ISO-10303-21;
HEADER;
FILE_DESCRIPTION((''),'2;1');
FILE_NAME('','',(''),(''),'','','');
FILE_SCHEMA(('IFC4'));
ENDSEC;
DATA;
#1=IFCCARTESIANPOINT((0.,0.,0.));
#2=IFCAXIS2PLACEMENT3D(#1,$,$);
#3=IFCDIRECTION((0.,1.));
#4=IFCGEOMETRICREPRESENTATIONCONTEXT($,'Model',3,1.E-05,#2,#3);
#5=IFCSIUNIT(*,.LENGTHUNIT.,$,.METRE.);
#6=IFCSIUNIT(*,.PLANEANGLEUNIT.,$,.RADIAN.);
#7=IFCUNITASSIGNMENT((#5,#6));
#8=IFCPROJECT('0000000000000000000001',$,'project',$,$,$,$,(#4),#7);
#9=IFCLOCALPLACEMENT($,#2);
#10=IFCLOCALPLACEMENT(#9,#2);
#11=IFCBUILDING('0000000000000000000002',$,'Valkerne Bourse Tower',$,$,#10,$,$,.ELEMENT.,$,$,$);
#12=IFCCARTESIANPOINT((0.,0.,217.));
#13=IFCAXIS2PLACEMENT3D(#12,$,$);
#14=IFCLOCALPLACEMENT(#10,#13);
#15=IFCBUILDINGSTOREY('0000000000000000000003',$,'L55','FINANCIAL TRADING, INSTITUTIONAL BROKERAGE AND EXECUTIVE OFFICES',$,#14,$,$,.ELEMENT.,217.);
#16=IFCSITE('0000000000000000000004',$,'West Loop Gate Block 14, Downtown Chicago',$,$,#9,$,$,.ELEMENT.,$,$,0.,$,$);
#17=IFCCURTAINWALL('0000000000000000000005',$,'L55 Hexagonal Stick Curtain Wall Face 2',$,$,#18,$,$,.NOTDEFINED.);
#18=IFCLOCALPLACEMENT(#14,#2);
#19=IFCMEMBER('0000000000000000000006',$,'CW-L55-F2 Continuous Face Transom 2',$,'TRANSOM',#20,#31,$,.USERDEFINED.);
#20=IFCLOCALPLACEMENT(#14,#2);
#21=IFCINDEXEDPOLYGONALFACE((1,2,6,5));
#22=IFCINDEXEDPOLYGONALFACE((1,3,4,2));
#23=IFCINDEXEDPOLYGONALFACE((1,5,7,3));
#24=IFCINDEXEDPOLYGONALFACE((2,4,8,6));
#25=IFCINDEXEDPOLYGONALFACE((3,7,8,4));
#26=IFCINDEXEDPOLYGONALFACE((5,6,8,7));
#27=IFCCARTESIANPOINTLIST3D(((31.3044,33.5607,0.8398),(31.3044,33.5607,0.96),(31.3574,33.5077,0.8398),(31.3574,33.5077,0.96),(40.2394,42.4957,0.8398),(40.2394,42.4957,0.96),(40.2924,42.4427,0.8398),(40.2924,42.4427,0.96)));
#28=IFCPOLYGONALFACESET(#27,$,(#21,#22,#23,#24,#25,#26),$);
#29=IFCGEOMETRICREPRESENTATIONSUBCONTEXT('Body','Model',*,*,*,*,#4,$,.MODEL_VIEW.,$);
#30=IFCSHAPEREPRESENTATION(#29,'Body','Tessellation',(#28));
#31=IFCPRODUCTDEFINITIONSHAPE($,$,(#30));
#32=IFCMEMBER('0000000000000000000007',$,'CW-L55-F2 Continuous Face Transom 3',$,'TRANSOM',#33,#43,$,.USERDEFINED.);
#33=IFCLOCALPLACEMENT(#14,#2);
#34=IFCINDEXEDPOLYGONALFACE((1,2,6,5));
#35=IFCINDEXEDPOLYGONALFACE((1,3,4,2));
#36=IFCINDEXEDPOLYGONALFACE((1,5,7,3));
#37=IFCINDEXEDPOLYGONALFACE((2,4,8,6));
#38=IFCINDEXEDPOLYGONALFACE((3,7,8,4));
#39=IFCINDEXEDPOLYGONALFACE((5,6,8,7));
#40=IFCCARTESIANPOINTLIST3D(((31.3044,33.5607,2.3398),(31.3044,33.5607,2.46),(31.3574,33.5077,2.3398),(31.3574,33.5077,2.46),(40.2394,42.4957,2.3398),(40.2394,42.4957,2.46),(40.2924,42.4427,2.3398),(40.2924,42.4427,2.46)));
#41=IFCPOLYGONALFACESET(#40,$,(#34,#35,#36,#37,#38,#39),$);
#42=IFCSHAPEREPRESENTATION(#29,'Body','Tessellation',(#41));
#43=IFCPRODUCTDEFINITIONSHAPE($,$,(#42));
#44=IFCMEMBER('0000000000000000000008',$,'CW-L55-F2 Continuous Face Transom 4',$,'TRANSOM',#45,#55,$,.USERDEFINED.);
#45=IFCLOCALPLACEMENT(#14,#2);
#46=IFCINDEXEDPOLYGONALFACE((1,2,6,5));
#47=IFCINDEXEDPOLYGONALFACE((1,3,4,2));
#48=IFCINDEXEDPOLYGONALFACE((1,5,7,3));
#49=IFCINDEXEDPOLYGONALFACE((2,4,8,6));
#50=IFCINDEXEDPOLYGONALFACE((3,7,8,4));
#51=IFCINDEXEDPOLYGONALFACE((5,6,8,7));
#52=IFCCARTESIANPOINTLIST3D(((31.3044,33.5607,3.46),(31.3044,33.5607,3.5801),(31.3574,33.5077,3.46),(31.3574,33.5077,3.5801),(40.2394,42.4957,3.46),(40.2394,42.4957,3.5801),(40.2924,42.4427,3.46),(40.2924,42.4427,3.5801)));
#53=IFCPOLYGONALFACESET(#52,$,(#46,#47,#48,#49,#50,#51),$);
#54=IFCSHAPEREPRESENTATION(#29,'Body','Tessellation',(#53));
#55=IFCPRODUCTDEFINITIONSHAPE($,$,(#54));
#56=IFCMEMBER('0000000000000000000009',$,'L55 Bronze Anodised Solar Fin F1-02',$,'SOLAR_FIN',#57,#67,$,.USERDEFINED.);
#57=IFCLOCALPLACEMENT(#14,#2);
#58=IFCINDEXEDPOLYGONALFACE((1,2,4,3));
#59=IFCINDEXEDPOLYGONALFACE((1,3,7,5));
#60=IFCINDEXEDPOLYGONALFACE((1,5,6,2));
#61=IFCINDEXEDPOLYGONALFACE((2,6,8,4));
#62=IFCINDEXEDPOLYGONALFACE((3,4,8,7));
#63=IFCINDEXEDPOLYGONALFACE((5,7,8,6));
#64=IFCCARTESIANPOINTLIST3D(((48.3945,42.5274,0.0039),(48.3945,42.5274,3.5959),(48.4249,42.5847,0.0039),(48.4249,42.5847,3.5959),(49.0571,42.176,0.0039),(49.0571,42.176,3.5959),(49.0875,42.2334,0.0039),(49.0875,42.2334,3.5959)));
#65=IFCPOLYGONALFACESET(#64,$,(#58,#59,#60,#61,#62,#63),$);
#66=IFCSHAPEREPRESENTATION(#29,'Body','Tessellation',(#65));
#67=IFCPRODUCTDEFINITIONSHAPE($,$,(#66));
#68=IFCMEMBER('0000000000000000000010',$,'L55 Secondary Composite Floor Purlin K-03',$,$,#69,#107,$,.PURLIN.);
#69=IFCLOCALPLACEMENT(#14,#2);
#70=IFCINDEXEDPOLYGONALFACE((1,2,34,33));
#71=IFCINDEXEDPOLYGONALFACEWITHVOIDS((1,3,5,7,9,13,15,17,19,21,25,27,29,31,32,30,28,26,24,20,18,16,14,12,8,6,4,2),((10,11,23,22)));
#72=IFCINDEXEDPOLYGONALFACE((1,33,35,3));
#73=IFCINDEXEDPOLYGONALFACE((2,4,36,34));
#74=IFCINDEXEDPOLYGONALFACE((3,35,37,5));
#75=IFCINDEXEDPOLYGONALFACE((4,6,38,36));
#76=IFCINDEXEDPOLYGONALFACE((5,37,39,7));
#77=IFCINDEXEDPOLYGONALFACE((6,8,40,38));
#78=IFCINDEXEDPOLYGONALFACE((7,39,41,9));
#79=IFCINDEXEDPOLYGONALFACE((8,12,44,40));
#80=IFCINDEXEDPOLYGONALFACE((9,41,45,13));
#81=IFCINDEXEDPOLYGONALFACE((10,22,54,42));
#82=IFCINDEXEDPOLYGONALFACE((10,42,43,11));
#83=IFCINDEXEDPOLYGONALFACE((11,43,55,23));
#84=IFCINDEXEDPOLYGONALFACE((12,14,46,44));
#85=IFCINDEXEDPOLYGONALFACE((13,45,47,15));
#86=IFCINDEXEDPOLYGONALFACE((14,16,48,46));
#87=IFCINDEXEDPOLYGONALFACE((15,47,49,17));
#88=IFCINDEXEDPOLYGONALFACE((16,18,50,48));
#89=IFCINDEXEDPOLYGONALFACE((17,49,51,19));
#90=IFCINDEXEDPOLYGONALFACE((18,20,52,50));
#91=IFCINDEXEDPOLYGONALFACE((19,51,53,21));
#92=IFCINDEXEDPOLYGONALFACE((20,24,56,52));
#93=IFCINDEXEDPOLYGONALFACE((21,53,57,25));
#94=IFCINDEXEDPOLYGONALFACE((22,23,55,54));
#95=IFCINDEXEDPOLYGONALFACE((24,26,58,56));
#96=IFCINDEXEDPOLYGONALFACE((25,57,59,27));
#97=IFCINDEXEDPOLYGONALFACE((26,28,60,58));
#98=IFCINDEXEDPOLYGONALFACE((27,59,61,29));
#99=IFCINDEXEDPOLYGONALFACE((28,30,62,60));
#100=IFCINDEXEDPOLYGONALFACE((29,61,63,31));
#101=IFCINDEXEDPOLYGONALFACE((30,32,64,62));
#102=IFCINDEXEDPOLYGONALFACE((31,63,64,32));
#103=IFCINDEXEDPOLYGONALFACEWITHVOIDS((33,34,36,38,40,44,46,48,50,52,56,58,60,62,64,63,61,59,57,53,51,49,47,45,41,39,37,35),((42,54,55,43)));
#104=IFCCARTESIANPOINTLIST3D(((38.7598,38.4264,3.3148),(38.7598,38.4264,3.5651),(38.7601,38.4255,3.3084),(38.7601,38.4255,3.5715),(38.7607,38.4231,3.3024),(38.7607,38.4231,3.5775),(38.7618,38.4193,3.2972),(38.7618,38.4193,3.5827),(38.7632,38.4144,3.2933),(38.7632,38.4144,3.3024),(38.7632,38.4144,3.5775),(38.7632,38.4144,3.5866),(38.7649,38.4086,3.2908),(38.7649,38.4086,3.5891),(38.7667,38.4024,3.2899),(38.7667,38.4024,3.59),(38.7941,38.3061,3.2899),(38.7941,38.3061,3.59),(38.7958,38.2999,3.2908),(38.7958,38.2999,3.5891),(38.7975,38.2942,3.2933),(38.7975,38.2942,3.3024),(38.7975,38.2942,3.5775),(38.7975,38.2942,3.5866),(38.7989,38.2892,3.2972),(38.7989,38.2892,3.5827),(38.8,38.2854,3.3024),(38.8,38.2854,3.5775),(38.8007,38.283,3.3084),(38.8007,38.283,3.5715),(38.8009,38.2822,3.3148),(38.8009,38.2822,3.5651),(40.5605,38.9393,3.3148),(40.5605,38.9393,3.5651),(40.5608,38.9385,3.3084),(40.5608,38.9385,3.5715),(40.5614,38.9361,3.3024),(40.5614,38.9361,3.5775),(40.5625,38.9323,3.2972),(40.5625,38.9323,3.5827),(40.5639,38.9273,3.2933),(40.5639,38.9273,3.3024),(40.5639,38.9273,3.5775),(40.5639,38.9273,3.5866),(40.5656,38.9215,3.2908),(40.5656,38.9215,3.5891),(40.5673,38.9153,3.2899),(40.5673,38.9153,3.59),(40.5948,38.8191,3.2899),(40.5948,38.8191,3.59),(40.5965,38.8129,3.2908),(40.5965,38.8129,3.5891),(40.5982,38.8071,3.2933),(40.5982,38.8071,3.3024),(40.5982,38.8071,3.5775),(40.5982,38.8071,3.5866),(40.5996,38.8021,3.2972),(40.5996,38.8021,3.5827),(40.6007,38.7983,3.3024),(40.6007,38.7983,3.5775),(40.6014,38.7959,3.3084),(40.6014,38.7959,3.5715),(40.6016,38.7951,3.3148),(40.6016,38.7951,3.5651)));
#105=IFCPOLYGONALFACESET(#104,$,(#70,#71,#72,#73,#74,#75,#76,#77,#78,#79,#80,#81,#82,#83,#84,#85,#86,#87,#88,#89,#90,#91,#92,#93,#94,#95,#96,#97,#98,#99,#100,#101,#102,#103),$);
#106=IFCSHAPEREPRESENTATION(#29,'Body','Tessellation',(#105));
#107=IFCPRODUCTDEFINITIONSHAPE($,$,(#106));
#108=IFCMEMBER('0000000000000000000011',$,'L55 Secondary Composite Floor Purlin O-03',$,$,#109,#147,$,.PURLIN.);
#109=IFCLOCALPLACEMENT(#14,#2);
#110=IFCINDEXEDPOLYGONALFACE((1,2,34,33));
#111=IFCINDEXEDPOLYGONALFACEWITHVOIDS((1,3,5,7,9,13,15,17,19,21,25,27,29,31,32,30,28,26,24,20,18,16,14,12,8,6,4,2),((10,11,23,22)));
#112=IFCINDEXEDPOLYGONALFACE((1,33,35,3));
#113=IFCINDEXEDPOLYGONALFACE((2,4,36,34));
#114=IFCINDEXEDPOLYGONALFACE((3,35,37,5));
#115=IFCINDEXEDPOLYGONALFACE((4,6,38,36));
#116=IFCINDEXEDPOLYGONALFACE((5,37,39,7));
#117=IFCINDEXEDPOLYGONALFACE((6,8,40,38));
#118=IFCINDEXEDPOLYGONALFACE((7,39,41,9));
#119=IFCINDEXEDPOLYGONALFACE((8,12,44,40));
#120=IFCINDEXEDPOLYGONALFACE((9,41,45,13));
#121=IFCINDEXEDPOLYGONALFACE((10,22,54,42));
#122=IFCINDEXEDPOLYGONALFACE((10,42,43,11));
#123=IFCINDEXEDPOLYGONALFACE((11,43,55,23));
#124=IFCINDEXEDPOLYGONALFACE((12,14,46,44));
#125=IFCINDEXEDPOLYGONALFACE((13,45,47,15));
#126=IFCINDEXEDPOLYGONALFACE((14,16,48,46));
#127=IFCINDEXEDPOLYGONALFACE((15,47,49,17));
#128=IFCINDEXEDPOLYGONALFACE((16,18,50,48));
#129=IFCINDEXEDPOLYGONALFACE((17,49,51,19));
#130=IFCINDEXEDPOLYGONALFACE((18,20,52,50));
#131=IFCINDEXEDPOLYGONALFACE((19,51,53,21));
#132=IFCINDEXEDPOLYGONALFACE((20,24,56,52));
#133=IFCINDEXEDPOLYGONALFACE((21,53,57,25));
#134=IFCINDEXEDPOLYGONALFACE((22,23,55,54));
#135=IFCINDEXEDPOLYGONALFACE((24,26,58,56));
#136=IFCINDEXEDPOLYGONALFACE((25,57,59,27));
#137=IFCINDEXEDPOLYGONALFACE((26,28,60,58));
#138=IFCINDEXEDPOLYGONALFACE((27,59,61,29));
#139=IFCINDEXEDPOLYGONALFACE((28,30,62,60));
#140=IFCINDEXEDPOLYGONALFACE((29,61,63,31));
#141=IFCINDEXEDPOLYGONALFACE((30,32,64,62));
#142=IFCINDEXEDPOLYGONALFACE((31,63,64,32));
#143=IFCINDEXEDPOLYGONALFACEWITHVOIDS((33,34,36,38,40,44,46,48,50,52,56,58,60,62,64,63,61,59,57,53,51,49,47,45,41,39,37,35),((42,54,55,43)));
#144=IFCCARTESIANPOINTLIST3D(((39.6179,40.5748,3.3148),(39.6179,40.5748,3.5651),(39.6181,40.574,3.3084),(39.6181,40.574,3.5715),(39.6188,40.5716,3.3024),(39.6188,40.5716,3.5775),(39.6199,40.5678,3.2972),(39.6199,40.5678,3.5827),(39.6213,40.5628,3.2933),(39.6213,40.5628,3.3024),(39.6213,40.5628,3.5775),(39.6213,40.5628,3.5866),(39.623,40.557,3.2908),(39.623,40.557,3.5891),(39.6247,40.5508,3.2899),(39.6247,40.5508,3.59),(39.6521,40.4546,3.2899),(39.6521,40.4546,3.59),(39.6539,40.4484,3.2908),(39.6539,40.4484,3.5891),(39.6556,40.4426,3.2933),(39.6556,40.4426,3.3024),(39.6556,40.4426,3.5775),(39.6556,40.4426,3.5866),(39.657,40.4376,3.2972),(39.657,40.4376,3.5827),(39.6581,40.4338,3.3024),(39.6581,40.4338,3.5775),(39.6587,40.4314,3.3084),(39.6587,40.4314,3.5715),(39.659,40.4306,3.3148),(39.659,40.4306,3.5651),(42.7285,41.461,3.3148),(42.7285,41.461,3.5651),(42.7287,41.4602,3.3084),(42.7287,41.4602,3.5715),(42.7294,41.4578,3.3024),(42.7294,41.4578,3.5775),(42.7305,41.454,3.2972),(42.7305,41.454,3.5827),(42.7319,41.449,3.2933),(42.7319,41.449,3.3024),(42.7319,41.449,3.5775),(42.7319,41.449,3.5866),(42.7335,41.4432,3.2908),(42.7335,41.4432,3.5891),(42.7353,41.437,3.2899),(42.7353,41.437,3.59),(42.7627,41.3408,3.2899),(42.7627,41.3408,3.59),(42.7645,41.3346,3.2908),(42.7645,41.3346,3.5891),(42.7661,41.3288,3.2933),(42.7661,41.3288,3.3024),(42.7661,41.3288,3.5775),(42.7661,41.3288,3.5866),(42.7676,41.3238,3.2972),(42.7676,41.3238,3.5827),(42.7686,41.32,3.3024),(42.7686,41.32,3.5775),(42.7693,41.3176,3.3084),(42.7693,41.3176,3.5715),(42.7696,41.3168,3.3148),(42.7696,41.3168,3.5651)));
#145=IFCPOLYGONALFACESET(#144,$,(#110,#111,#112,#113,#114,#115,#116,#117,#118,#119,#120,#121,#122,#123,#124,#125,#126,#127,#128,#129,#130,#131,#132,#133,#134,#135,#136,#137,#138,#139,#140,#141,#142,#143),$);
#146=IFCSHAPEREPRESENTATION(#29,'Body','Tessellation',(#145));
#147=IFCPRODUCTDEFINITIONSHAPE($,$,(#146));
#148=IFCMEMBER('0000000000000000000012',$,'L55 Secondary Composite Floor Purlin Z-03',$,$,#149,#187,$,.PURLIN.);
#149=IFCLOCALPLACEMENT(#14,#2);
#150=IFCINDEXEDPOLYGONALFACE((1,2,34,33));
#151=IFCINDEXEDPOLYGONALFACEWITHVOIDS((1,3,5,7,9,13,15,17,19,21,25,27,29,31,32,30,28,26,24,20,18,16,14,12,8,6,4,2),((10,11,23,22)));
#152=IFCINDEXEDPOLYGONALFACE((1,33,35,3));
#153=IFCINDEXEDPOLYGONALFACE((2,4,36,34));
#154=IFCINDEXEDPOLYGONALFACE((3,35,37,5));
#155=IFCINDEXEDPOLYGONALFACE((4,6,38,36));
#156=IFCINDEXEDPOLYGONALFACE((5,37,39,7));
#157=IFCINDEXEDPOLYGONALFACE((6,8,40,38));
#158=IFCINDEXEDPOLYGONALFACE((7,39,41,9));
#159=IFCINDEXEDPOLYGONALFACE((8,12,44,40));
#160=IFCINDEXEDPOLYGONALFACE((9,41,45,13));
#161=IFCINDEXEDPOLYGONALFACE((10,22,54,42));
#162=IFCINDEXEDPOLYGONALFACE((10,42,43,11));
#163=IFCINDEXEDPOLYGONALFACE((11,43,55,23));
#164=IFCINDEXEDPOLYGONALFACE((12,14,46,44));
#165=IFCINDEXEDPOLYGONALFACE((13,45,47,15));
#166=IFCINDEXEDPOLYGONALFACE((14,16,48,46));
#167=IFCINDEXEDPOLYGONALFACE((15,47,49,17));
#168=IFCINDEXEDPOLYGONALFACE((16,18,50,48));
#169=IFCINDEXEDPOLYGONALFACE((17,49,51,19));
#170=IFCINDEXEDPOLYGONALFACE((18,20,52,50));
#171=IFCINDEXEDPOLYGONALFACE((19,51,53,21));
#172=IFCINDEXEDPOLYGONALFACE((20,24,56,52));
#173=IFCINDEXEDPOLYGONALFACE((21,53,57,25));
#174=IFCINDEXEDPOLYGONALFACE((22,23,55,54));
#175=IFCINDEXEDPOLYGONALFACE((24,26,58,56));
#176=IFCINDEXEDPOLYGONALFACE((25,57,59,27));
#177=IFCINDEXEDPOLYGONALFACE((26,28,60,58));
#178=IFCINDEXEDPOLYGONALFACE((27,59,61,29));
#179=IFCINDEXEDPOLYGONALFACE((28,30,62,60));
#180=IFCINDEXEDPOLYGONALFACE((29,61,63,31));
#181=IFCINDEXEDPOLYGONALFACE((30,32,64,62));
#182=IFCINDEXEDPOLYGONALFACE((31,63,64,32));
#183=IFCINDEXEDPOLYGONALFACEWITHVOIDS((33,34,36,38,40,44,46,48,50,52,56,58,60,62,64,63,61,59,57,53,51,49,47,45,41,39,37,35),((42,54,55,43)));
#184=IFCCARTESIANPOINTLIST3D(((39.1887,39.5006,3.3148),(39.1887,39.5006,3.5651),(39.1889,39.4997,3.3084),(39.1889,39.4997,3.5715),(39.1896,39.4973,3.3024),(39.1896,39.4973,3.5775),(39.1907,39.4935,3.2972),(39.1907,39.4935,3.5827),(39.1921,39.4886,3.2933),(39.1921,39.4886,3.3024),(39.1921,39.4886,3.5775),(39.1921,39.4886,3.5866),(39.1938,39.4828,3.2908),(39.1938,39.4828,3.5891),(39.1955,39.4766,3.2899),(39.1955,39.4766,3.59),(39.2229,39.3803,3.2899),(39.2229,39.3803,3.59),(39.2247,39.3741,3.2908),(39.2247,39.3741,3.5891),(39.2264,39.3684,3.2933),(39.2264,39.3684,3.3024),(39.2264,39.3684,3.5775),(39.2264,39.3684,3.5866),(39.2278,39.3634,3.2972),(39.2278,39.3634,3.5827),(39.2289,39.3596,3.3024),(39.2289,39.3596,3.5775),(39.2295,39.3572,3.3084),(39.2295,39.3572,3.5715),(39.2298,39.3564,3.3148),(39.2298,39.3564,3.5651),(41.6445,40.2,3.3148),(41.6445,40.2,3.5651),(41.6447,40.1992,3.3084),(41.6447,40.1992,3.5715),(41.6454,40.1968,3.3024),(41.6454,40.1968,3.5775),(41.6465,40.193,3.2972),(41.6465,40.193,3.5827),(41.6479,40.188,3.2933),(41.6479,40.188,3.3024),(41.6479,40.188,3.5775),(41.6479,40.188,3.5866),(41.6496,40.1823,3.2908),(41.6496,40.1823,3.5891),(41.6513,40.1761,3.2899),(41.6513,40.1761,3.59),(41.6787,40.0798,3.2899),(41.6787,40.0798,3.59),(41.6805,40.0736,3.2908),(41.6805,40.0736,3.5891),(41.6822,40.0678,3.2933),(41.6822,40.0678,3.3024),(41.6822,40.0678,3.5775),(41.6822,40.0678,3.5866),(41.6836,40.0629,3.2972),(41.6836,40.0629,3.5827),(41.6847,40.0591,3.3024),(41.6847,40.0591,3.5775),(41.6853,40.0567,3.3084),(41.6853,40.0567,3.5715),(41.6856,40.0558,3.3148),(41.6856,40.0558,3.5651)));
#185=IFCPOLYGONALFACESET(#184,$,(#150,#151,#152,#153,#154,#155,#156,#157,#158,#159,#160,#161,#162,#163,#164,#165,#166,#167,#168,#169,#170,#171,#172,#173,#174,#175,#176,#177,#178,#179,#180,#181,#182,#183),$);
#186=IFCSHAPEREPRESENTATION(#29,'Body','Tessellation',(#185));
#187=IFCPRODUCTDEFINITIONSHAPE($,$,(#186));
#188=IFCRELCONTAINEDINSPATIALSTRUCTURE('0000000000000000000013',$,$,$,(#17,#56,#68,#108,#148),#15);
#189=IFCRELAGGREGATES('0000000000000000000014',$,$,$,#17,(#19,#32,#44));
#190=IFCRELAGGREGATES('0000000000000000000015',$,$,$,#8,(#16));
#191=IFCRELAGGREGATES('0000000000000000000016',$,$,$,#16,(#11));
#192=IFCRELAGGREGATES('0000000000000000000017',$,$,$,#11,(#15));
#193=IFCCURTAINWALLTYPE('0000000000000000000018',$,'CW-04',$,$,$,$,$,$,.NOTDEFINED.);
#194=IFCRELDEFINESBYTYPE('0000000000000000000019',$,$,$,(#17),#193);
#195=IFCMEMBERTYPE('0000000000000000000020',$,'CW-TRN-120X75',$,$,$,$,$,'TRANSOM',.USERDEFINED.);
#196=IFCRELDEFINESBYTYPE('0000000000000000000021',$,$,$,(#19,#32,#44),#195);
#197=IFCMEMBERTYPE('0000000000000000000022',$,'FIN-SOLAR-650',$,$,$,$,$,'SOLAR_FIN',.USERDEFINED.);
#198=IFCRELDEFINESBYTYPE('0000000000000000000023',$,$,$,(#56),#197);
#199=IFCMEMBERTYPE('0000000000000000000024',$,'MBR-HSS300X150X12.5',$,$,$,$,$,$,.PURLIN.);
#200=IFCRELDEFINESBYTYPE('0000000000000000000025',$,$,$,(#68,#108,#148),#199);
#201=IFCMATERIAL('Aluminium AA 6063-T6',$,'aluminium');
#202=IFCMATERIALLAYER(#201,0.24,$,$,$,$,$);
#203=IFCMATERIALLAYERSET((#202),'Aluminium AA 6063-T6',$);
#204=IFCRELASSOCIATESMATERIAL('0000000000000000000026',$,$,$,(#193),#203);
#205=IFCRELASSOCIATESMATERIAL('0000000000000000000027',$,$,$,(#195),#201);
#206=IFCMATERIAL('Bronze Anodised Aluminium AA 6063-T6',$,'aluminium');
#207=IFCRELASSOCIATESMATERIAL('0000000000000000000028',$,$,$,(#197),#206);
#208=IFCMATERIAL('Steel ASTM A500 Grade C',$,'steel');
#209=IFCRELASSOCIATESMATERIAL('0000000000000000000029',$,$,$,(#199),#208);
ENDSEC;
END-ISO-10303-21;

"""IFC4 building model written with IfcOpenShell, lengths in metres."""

from ifc_helpers import new_model, si_unit, direction, frame, origin, origin_2d, place, context, subcontext, project, spatial, rectangle, hollow_rectangle, extrude, material, layer, layer_set, material_profile, profile_set, type_object, element, aggregate, save


model = new_model("IFC4")

# Units and contexts
model_context = context("Model", 3, precision=1e-05, world=origin(), true_north=direction((0.0, 1.0)))
body_context = subcontext(model_context, "Body", "Model", "MODEL_VIEW")
ifc_project = project(units=[si_unit("LENGTHUNIT", "METRE"), si_unit("PLANEANGLEUNIT", "RADIAN")], contexts=[model_context])

# Site, building, storey
site_placement = place(None, origin())
site = spatial("IfcSite", under=ifc_project, at=site_placement, Name="West Loop Gate Block 14, Downtown Chicago", CompositionType="ELEMENT", RefElevation=0.0)
building_placement = place(site_placement, origin())
building = spatial("IfcBuilding", under=site, at=building_placement, Name="Valkerne Bourse Tower", CompositionType="ELEMENT")
storey_placement = place(building_placement, frame((0.0, 0.0, 217.0)))
storey = spatial("IfcBuildingStorey", under=building, at=storey_placement, Name="L55", Description="FINANCIAL TRADING, INSTITUTIONAL BROKERAGE AND EXECUTIVE OFFICES", CompositionType="ELEMENT", Elevation=217.0)

# Curtain wall, members
ifc_material_1 = material(Name="Aluminium AA 6063-T6", Category="aluminium")
ifc_layer_1 = layer(ifc_material_1, 0.24)
ifc_layer_set_1 = layer_set([ifc_layer_1], Name="Aluminium AA 6063-T6")
curtain_wall_type = type_object("IfcCurtainWallType", Name="CW-04", PredefinedType="NOTDEFINED", material=ifc_layer_set_1)
curtain_wall_1_placement = place(storey_placement, origin())
curtain_wall_1 = element("IfcCurtainWall", 1, at=curtain_wall_1_placement, inside=storey, type_object=curtain_wall_type, Name="L55 Hexagonal Stick Curtain Wall Face 2", PredefinedType="NOTDEFINED")
ifc_material_profile_1 = material_profile(ifc_material_1, rectangle(XDim=0.075, YDim=0.1201, at=origin_2d()), Name="CWT-75X120")
ifc_profile_set_1 = profile_set([ifc_material_profile_1], Name="Aluminium AA 6063-T6")
member_type_1 = type_object("IfcMemberType", Name="CW-TRN-120X75", ElementType="TRANSOM", PredefinedType="USERDEFINED", material=ifc_profile_set_1)
member_1_placement = place(storey_placement, frame((40.2659, 42.4692, 0.8999), z_axis=(-0.707107, -0.707107, 0.0), x_axis=(0.707107, -0.707107, 0.0)))
member_1 = element("IfcMember", 2, at=member_1_placement, type_object=member_type_1, Name="CW-L55-F2 Continuous Face Transom 2", ObjectType="TRANSOM", PredefinedType="USERDEFINED", context=body_context, shape_type="SweptSolid", body=[
    extrude(rectangle(XDim=0.075, YDim=0.1201, at=origin_2d()), origin(), (0.0, 0.0, 1.0), 12.636),
])
member_2_placement = place(storey_placement, frame((40.2659, 42.4692, 2.3999), z_axis=(-0.707107, -0.707107, 0.0), x_axis=(0.707107, -0.707107, 0.0)))
member_2 = element("IfcMember", 3, at=member_2_placement, type_object=member_type_1, Name="CW-L55-F2 Continuous Face Transom 3", ObjectType="TRANSOM", PredefinedType="USERDEFINED", context=body_context, shape_type="SweptSolid", body=[
    extrude(rectangle(XDim=0.075, YDim=0.1201, at=origin_2d()), origin(), (0.0, 0.0, 1.0), 12.636),
])
member_3_placement = place(storey_placement, frame((40.2659, 42.4692, 3.52), z_axis=(-0.707107, -0.707107, 0.0), x_axis=(0.707107, -0.707107, 0.0)))
member_3 = element("IfcMember", 4, at=member_3_placement, type_object=member_type_1, Name="CW-L55-F2 Continuous Face Transom 4", ObjectType="TRANSOM", PredefinedType="USERDEFINED", context=body_context, shape_type="SweptSolid", body=[
    extrude(rectangle(XDim=0.075, YDim=0.1201, at=origin_2d()), origin(), (0.0, 0.0, 1.0), 12.636),
])
aggregate(curtain_wall_1, [member_1, member_2, member_3])

# Members
ifc_material_2 = material(Name="Bronze Anodised Aluminium AA 6063-T6", Category="aluminium")
ifc_material_profile_2 = material_profile(ifc_material_2, rectangle(XDim=0.0649, YDim=0.75, at=origin_2d()), Name="FIN-65X750")
ifc_profile_set_2 = profile_set([ifc_material_profile_2], Name="Bronze Anodised Aluminium AA 6063-T6")
member_type_2 = type_object("IfcMemberType", Name="FIN-SOLAR-650", ElementType="SOLAR_FIN", PredefinedType="USERDEFINED", material=ifc_profile_set_2)
member_4_placement = place(storey_placement, frame((48.741, 42.3804, 0.0039), z_axis=(0.0, 0.0, 1.0), x_axis=(0.468468, 0.88348, 0.0)))
element("IfcMember", 5, at=member_4_placement, inside=storey, type_object=member_type_2, Name="L55 Bronze Anodised Solar Fin F1-02", ObjectType="SOLAR_FIN", PredefinedType="USERDEFINED", context=body_context, shape_type="SweptSolid", body=[
    extrude(rectangle(XDim=0.0649, YDim=0.75, at=origin_2d()), origin(), (0.0, 0.0, 1.0), 3.592),
])
ifc_material_3 = material(Name="Steel ASTM A500 Grade C", Category="steel")
ifc_material_profile_3 = material_profile(ifc_material_3, hollow_rectangle(XDim=0.1499, YDim=0.3, WallThickness=0.0125, OuterFilletRadius=0.0249, at=origin_2d()), Name="HSS300X150X12.5")
ifc_profile_set_3 = profile_set([ifc_material_profile_3], Name="Steel ASTM A500 Grade C")
member_type_3 = type_object("IfcMemberType", Name="MBR-HSS300X150X12.5", PredefinedType="PURLIN", material=ifc_profile_set_3)
member_5_placement = place(storey_placement, frame((40.5811, 38.8672, 3.4399), z_axis=(-0.961745, -0.273946, 0.0), x_axis=(0.273946, -0.961745, 0.0)))
element("IfcMember", 6, at=member_5_placement, inside=storey, type_object=member_type_3, Name="L55 Secondary Composite Floor Purlin K-03", PredefinedType="PURLIN", context=body_context, shape_type="SweptSolid", body=[
    extrude(hollow_rectangle(XDim=0.1499, YDim=0.3, WallThickness=0.0125, OuterFilletRadius=0.0249, at=origin_2d()), origin(), (0.0, 0.0, 1.0), 1.8723),
])
member_6_placement = place(storey_placement, frame((42.749, 41.3889, 3.4399), z_axis=(-0.961729, -0.274003, 0.0), x_axis=(0.274003, -0.961729, 0.0)))
element("IfcMember", 7, at=member_6_placement, inside=storey, type_object=member_type_3, Name="L55 Secondary Composite Floor Purlin O-03", PredefinedType="PURLIN", context=body_context, shape_type="SweptSolid", body=[
    extrude(hollow_rectangle(XDim=0.1499, YDim=0.3, WallThickness=0.0125, OuterFilletRadius=0.0249, at=origin_2d()), origin(), (0.0, 0.0, 1.0), 3.2344),
])
member_7_placement = place(storey_placement, frame((41.665, 40.1279, 3.4399), z_axis=(-0.961751, -0.273925, 0.0), x_axis=(0.273925, -0.961751, 0.0)))
element("IfcMember", 8, at=member_7_placement, inside=storey, type_object=member_type_3, Name="L55 Secondary Composite Floor Purlin Z-03", PredefinedType="PURLIN", context=body_context, shape_type="SweptSolid", body=[
    extrude(hollow_rectangle(XDim=0.1499, YDim=0.3, WallThickness=0.0125, OuterFilletRadius=0.0249, at=origin_2d()), origin(), (0.0, 0.0, 1.0), 2.5535),
])

save(model, "model.ifc")
